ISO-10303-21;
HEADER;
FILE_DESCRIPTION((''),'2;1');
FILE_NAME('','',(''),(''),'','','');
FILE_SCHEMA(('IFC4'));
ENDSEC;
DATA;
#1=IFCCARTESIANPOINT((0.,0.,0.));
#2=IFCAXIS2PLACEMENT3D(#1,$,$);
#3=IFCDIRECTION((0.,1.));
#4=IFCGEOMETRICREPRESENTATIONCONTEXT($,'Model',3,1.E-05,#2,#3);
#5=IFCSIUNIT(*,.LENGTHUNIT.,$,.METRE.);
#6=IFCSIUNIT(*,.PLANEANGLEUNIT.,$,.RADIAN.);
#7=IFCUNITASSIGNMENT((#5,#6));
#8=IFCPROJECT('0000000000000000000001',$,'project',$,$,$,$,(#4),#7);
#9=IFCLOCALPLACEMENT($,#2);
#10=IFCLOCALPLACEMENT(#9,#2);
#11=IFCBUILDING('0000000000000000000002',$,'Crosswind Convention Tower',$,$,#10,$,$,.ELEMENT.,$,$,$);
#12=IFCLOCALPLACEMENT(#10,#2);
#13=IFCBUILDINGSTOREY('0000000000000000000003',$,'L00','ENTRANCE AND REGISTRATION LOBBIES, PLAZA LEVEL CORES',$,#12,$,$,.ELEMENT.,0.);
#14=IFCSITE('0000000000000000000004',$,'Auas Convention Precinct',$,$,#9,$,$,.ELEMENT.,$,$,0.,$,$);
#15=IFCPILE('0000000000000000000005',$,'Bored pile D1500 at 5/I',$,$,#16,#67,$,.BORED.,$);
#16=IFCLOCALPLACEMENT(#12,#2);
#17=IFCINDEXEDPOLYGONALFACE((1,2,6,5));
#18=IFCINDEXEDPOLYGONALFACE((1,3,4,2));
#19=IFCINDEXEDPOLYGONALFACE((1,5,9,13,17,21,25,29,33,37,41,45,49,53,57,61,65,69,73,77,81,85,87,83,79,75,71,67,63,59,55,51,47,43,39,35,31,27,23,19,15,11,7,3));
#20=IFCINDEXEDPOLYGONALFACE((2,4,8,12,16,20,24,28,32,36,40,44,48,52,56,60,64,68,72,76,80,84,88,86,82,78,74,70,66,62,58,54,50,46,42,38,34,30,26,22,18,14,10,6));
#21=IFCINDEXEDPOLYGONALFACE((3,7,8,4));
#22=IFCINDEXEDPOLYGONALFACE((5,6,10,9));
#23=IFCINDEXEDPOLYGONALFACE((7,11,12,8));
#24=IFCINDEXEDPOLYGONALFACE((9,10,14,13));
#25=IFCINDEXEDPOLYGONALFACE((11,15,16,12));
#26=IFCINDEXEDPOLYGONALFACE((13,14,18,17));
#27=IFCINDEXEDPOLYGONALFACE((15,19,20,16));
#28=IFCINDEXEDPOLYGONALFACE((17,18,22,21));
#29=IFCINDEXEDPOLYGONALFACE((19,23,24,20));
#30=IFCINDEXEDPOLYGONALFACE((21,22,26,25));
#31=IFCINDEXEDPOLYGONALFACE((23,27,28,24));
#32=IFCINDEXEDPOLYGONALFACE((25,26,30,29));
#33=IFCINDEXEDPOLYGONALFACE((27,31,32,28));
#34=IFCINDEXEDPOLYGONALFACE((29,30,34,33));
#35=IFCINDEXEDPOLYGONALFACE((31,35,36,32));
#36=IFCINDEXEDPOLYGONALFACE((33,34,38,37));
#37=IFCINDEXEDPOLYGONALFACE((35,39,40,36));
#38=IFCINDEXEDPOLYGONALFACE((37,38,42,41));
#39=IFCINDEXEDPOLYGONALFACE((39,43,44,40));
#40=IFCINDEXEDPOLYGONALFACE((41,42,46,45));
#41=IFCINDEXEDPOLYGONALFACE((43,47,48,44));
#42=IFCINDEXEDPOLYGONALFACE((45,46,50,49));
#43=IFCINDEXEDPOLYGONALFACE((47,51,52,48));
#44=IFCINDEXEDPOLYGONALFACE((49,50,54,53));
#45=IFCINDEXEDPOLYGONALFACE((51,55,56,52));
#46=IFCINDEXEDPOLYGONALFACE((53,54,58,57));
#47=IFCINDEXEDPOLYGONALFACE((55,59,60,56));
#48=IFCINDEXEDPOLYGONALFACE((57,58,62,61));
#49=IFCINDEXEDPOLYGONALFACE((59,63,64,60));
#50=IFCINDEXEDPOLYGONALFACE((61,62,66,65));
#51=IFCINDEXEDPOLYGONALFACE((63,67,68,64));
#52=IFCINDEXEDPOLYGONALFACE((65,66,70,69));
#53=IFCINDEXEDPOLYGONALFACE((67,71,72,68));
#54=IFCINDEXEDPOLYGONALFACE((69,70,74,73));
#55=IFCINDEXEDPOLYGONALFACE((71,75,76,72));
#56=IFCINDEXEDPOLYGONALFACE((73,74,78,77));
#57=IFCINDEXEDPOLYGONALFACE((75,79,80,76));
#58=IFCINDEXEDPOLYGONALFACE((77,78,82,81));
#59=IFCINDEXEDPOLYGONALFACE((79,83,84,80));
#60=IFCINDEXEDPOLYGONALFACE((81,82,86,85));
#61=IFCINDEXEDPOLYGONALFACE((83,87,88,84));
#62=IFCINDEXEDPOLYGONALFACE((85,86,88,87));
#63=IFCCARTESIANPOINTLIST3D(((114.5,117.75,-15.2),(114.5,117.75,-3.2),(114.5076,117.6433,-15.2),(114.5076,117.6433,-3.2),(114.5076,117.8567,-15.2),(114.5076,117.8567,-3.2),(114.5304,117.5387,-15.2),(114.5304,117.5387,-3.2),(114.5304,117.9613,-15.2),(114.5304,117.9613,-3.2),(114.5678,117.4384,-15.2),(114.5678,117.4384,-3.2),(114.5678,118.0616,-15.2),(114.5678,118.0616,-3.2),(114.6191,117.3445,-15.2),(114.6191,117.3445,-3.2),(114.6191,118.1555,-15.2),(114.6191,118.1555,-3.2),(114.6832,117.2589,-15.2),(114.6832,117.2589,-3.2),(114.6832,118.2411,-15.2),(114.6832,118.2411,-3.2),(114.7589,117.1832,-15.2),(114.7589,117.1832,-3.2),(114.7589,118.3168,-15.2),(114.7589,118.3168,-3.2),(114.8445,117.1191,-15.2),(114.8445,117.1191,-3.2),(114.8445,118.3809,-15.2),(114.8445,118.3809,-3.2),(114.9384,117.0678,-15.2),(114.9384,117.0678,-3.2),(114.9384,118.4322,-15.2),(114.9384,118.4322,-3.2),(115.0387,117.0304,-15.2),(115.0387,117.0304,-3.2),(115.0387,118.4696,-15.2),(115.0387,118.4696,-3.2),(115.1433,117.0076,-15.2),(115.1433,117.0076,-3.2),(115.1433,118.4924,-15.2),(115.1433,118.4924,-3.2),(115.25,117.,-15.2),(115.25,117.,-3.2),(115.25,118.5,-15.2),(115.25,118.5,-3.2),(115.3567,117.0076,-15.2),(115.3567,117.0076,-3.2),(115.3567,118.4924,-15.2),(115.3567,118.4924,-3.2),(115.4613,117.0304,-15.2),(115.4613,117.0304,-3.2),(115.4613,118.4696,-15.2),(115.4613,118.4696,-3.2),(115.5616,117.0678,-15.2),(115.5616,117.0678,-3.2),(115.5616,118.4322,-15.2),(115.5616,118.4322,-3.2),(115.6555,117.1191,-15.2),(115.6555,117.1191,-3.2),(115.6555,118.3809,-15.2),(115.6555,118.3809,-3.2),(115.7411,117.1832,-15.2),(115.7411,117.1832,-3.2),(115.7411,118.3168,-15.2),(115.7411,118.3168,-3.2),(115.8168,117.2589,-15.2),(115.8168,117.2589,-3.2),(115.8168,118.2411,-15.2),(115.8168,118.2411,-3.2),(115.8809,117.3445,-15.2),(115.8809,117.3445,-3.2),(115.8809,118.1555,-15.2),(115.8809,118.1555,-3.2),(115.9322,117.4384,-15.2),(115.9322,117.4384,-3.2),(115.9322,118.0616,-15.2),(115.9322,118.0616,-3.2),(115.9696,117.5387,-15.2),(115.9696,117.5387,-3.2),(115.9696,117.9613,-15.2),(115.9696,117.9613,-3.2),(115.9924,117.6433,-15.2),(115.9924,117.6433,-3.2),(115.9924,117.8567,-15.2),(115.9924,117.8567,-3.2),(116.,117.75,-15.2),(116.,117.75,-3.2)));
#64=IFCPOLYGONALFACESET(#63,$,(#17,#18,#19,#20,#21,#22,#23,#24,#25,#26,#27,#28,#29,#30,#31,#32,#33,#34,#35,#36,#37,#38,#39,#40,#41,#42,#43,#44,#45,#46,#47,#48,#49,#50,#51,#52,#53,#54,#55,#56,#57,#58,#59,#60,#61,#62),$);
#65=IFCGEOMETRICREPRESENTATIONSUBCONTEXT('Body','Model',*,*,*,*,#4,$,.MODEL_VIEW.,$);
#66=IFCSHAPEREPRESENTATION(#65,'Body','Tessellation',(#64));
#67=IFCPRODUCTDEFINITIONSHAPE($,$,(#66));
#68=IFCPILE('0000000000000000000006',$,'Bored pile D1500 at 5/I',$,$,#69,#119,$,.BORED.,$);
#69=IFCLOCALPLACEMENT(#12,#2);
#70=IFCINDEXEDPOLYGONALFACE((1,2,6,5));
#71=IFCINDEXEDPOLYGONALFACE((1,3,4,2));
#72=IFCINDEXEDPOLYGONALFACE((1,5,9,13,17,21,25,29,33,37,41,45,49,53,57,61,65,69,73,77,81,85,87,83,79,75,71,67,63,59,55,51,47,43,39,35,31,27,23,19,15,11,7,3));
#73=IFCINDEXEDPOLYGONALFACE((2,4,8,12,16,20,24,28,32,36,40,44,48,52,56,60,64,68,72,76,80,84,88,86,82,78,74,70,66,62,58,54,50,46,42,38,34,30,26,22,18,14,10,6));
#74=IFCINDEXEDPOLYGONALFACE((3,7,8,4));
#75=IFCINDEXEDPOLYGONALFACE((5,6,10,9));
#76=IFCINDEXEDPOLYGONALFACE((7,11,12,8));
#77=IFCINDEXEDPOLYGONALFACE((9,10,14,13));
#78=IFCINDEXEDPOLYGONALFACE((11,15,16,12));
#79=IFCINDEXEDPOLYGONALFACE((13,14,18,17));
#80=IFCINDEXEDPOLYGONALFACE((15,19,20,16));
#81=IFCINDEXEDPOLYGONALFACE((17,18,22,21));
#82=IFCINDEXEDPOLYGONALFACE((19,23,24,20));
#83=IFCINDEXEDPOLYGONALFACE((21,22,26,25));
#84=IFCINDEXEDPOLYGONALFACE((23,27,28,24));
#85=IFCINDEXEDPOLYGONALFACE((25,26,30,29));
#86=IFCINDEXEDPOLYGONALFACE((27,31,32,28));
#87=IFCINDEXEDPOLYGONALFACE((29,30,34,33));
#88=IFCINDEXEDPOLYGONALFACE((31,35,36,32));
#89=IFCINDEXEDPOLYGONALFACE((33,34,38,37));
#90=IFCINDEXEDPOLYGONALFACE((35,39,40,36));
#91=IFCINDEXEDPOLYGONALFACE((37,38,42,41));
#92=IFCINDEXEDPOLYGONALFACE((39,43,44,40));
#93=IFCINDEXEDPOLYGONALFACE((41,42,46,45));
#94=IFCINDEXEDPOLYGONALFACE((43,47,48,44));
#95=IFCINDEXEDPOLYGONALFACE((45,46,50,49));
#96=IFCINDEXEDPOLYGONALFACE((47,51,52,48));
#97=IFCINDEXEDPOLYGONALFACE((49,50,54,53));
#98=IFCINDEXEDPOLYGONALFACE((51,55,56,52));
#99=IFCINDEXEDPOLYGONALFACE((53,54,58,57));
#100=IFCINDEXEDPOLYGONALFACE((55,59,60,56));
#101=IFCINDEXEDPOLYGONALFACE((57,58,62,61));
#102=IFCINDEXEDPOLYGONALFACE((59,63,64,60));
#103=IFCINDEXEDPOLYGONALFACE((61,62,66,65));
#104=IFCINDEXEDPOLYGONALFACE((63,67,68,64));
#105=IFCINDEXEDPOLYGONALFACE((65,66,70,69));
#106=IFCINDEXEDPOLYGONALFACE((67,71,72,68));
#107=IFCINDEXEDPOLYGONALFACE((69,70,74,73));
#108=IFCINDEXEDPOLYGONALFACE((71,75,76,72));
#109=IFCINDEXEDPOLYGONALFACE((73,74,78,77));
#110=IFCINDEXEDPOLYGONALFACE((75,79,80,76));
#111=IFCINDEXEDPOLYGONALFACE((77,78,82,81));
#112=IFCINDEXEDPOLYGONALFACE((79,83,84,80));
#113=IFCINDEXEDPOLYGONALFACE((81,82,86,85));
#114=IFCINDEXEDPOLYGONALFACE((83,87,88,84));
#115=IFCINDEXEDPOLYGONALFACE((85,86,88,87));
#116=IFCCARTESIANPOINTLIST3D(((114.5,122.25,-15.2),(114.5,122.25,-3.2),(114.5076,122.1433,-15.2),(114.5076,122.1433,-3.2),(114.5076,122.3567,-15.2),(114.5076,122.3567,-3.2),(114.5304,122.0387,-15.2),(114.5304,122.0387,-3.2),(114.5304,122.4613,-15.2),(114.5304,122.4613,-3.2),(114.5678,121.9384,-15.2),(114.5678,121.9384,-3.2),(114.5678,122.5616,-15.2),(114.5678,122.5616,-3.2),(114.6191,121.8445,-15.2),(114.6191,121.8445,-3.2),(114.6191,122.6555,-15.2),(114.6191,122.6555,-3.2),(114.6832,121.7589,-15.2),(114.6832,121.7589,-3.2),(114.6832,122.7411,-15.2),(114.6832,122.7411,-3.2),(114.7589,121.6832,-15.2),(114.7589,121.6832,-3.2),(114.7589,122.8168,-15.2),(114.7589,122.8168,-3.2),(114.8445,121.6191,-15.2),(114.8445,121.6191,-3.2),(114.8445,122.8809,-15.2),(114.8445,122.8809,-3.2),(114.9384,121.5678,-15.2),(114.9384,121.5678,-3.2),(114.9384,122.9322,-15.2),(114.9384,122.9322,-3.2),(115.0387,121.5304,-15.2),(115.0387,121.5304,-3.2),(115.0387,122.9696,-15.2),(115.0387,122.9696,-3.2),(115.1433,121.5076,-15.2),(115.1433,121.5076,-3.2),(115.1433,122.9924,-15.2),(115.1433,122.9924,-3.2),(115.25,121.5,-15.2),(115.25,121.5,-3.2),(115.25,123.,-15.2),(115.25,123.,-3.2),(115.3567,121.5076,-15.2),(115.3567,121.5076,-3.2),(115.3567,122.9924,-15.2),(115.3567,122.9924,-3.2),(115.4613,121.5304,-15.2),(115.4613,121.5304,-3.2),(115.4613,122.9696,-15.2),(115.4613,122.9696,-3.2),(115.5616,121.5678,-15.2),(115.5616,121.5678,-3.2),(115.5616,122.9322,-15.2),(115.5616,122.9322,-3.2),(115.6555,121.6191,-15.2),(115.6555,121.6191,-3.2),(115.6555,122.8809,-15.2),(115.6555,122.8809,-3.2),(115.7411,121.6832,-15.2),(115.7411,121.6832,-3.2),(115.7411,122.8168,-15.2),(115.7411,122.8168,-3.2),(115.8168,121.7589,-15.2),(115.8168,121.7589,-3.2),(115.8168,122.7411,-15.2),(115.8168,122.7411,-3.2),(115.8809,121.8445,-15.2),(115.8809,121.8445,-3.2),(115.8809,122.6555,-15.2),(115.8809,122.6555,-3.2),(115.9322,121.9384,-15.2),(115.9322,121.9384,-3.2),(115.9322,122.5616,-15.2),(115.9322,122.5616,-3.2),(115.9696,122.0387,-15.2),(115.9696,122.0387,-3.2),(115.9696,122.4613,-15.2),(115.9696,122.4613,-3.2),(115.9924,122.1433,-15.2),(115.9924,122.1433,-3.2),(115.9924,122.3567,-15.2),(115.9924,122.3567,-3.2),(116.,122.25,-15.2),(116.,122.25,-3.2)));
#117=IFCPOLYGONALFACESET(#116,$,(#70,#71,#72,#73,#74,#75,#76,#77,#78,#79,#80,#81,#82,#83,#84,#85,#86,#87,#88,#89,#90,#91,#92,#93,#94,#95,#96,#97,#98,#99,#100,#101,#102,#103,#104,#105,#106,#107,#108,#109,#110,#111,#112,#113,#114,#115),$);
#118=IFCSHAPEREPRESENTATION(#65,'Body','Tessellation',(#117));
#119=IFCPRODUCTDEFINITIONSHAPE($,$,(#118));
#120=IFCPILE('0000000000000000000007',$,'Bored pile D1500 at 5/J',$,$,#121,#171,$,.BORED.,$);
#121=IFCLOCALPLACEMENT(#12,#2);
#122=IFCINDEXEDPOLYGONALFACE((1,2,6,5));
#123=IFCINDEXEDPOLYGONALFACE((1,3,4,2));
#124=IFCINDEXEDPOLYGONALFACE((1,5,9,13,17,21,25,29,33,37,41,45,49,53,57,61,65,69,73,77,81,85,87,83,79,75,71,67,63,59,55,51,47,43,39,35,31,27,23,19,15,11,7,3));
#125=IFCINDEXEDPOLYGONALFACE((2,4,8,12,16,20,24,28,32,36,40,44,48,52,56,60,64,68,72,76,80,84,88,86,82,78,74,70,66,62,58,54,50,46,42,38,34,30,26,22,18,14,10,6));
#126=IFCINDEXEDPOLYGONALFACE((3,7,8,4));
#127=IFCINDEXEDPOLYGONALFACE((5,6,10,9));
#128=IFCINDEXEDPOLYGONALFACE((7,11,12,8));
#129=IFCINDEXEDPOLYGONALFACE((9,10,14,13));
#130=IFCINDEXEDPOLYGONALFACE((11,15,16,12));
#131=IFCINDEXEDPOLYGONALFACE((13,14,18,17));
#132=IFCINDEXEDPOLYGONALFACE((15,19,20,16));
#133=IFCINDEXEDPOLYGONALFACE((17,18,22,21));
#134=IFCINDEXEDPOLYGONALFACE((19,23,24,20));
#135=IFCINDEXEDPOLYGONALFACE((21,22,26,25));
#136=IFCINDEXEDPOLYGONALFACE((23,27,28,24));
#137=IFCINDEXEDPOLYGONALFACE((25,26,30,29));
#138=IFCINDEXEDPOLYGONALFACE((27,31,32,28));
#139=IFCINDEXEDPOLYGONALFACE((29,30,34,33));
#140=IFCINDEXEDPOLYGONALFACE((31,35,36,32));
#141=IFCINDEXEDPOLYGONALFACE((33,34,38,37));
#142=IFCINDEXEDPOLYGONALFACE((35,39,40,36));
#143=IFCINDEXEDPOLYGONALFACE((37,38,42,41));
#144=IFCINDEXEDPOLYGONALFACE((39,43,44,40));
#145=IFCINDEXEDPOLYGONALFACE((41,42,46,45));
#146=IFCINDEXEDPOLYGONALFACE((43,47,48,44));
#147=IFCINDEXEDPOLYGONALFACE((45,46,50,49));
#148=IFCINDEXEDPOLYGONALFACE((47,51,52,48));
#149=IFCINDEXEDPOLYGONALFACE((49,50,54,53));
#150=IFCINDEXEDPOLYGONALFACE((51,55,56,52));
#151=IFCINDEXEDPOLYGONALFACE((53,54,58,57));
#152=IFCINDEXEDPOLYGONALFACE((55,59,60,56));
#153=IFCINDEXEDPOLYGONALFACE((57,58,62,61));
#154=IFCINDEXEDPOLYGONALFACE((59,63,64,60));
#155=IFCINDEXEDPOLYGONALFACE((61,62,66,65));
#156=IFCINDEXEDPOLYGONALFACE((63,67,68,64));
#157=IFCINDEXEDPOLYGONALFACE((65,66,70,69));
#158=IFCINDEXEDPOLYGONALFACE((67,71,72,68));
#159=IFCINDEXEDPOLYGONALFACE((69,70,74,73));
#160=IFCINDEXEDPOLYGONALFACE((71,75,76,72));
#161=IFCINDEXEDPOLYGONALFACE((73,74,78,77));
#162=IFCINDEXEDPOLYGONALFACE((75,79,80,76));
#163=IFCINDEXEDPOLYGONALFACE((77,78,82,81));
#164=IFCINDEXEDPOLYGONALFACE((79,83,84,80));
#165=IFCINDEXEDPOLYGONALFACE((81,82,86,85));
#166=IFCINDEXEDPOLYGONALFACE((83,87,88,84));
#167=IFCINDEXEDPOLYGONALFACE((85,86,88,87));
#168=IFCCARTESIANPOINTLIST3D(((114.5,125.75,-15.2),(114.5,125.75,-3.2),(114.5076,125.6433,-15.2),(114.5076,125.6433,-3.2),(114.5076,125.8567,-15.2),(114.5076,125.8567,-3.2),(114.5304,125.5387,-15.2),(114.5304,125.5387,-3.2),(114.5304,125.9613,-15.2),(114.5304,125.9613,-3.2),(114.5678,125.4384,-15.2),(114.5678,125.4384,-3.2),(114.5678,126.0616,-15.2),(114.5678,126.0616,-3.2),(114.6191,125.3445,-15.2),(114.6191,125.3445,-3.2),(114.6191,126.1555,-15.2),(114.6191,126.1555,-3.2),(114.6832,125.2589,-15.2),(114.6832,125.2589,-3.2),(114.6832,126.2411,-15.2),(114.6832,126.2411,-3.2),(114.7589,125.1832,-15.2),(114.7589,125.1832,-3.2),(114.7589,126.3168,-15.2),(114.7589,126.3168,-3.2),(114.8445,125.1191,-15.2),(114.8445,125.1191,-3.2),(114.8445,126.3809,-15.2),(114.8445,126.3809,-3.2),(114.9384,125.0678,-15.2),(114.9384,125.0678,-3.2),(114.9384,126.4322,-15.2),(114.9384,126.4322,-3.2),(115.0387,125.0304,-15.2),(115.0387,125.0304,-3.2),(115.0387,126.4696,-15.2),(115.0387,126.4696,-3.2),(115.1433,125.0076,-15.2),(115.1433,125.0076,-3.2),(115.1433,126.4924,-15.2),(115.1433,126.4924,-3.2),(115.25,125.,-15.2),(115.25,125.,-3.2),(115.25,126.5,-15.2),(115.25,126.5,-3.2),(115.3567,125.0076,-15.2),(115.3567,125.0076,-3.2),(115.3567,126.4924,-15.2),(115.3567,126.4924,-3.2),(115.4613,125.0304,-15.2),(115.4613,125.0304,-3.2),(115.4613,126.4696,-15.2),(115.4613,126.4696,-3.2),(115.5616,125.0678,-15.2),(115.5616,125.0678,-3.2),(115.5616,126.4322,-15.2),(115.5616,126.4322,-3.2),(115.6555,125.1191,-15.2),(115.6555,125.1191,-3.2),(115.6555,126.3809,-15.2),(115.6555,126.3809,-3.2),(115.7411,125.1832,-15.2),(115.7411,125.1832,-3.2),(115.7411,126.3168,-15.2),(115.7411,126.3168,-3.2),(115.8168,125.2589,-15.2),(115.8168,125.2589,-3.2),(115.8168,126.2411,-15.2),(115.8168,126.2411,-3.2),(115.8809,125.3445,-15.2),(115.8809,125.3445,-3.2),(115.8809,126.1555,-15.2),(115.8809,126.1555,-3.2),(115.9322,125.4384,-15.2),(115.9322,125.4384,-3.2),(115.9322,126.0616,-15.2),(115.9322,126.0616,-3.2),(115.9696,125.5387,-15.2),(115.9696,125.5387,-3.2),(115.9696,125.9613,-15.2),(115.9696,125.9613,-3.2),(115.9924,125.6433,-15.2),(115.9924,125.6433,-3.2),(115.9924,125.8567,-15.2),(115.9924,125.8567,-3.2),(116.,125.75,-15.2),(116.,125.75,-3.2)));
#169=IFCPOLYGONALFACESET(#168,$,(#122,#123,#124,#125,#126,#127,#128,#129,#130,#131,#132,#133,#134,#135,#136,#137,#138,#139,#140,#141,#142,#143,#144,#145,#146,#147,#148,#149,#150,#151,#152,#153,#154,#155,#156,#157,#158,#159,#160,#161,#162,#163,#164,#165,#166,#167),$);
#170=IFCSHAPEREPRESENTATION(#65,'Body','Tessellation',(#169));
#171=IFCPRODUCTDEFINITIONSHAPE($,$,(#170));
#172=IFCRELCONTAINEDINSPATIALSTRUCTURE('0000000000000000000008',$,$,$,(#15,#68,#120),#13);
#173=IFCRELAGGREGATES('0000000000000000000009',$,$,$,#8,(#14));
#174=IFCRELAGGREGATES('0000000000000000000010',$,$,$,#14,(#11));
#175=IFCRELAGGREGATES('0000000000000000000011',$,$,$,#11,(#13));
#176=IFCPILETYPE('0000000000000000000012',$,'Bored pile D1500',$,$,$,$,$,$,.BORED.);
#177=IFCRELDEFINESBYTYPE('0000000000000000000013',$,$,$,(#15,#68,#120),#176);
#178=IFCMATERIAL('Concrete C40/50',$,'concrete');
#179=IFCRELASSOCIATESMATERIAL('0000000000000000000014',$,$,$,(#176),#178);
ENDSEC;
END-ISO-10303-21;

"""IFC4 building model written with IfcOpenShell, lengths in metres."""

from ifc_helpers import new_model, si_unit, direction, frame, origin, origin_2d, place, context, subcontext, project, spatial, circle, extrude, material, material_profile, profile_set, type_object, element, save


model = new_model("IFC4")

# Units and contexts
model_context = context("Model", 3, precision=1e-05, world=origin(), true_north=direction((0.0, 1.0)))
body_context = subcontext(model_context, "Body", "Model", "MODEL_VIEW")
ifc_project = project(units=[si_unit("LENGTHUNIT", "METRE"), si_unit("PLANEANGLEUNIT", "RADIAN")], contexts=[model_context])

# Site, building, storey
site_placement = place(None, origin())
site = spatial("IfcSite", under=ifc_project, at=site_placement, Name="Auas Convention Precinct", CompositionType="ELEMENT", RefElevation=0.0)
building_placement = place(site_placement, origin())
building = spatial("IfcBuilding", under=site, at=building_placement, Name="Crosswind Convention Tower", CompositionType="ELEMENT")
storey_placement = place(building_placement, origin())
storey = spatial("IfcBuildingStorey", under=building, at=storey_placement, Name="L00", Description="ENTRANCE AND REGISTRATION LOBBIES, PLAZA LEVEL CORES", CompositionType="ELEMENT", Elevation=0.0)

# Piles
ifc_material_1 = material(Name="Concrete C40/50", Category="concrete")
ifc_material_profile_1 = material_profile(ifc_material_1, circle(Radius=0.75, at=origin_2d()), Name="Bored pile D1500")
ifc_profile_set_1 = profile_set([ifc_material_profile_1], Name="Concrete C40/50")
pile_type_1 = type_object("IfcPileType", Name="Bored pile D1500", PredefinedType="BORED", material=ifc_profile_set_1)
for number, where, z_axis, x_axis, name in (
    (1, (115.25, 117.75, -3.2), (0.0, 0.0, -1.0), (1.0, 0.0, 0.0), "Bored pile D1500 at 5/I"),
    (2, (115.25, 122.25, -3.2), (0.0, 0.0, -1.0), (1.0, 0.0, 0.0), "Bored pile D1500 at 5/I"),
    (3, (115.25, 125.75, -3.2), (0.0, 0.0, -1.0), (1.0, 0.0, 0.0), "Bored pile D1500 at 5/J"),
):
    element("IfcPile", number, at=place(storey_placement, frame(where, z_axis=z_axis, x_axis=x_axis)), inside=storey, type_object=pile_type_1, Name=name, PredefinedType="BORED", context=body_context, shape_type="SweptSolid", body=[
        extrude(circle(Radius=0.75, at=origin_2d()), origin(), (0.0, 0.0, 1.0), 12.0),
    ])

save(model, "model.ifc")
